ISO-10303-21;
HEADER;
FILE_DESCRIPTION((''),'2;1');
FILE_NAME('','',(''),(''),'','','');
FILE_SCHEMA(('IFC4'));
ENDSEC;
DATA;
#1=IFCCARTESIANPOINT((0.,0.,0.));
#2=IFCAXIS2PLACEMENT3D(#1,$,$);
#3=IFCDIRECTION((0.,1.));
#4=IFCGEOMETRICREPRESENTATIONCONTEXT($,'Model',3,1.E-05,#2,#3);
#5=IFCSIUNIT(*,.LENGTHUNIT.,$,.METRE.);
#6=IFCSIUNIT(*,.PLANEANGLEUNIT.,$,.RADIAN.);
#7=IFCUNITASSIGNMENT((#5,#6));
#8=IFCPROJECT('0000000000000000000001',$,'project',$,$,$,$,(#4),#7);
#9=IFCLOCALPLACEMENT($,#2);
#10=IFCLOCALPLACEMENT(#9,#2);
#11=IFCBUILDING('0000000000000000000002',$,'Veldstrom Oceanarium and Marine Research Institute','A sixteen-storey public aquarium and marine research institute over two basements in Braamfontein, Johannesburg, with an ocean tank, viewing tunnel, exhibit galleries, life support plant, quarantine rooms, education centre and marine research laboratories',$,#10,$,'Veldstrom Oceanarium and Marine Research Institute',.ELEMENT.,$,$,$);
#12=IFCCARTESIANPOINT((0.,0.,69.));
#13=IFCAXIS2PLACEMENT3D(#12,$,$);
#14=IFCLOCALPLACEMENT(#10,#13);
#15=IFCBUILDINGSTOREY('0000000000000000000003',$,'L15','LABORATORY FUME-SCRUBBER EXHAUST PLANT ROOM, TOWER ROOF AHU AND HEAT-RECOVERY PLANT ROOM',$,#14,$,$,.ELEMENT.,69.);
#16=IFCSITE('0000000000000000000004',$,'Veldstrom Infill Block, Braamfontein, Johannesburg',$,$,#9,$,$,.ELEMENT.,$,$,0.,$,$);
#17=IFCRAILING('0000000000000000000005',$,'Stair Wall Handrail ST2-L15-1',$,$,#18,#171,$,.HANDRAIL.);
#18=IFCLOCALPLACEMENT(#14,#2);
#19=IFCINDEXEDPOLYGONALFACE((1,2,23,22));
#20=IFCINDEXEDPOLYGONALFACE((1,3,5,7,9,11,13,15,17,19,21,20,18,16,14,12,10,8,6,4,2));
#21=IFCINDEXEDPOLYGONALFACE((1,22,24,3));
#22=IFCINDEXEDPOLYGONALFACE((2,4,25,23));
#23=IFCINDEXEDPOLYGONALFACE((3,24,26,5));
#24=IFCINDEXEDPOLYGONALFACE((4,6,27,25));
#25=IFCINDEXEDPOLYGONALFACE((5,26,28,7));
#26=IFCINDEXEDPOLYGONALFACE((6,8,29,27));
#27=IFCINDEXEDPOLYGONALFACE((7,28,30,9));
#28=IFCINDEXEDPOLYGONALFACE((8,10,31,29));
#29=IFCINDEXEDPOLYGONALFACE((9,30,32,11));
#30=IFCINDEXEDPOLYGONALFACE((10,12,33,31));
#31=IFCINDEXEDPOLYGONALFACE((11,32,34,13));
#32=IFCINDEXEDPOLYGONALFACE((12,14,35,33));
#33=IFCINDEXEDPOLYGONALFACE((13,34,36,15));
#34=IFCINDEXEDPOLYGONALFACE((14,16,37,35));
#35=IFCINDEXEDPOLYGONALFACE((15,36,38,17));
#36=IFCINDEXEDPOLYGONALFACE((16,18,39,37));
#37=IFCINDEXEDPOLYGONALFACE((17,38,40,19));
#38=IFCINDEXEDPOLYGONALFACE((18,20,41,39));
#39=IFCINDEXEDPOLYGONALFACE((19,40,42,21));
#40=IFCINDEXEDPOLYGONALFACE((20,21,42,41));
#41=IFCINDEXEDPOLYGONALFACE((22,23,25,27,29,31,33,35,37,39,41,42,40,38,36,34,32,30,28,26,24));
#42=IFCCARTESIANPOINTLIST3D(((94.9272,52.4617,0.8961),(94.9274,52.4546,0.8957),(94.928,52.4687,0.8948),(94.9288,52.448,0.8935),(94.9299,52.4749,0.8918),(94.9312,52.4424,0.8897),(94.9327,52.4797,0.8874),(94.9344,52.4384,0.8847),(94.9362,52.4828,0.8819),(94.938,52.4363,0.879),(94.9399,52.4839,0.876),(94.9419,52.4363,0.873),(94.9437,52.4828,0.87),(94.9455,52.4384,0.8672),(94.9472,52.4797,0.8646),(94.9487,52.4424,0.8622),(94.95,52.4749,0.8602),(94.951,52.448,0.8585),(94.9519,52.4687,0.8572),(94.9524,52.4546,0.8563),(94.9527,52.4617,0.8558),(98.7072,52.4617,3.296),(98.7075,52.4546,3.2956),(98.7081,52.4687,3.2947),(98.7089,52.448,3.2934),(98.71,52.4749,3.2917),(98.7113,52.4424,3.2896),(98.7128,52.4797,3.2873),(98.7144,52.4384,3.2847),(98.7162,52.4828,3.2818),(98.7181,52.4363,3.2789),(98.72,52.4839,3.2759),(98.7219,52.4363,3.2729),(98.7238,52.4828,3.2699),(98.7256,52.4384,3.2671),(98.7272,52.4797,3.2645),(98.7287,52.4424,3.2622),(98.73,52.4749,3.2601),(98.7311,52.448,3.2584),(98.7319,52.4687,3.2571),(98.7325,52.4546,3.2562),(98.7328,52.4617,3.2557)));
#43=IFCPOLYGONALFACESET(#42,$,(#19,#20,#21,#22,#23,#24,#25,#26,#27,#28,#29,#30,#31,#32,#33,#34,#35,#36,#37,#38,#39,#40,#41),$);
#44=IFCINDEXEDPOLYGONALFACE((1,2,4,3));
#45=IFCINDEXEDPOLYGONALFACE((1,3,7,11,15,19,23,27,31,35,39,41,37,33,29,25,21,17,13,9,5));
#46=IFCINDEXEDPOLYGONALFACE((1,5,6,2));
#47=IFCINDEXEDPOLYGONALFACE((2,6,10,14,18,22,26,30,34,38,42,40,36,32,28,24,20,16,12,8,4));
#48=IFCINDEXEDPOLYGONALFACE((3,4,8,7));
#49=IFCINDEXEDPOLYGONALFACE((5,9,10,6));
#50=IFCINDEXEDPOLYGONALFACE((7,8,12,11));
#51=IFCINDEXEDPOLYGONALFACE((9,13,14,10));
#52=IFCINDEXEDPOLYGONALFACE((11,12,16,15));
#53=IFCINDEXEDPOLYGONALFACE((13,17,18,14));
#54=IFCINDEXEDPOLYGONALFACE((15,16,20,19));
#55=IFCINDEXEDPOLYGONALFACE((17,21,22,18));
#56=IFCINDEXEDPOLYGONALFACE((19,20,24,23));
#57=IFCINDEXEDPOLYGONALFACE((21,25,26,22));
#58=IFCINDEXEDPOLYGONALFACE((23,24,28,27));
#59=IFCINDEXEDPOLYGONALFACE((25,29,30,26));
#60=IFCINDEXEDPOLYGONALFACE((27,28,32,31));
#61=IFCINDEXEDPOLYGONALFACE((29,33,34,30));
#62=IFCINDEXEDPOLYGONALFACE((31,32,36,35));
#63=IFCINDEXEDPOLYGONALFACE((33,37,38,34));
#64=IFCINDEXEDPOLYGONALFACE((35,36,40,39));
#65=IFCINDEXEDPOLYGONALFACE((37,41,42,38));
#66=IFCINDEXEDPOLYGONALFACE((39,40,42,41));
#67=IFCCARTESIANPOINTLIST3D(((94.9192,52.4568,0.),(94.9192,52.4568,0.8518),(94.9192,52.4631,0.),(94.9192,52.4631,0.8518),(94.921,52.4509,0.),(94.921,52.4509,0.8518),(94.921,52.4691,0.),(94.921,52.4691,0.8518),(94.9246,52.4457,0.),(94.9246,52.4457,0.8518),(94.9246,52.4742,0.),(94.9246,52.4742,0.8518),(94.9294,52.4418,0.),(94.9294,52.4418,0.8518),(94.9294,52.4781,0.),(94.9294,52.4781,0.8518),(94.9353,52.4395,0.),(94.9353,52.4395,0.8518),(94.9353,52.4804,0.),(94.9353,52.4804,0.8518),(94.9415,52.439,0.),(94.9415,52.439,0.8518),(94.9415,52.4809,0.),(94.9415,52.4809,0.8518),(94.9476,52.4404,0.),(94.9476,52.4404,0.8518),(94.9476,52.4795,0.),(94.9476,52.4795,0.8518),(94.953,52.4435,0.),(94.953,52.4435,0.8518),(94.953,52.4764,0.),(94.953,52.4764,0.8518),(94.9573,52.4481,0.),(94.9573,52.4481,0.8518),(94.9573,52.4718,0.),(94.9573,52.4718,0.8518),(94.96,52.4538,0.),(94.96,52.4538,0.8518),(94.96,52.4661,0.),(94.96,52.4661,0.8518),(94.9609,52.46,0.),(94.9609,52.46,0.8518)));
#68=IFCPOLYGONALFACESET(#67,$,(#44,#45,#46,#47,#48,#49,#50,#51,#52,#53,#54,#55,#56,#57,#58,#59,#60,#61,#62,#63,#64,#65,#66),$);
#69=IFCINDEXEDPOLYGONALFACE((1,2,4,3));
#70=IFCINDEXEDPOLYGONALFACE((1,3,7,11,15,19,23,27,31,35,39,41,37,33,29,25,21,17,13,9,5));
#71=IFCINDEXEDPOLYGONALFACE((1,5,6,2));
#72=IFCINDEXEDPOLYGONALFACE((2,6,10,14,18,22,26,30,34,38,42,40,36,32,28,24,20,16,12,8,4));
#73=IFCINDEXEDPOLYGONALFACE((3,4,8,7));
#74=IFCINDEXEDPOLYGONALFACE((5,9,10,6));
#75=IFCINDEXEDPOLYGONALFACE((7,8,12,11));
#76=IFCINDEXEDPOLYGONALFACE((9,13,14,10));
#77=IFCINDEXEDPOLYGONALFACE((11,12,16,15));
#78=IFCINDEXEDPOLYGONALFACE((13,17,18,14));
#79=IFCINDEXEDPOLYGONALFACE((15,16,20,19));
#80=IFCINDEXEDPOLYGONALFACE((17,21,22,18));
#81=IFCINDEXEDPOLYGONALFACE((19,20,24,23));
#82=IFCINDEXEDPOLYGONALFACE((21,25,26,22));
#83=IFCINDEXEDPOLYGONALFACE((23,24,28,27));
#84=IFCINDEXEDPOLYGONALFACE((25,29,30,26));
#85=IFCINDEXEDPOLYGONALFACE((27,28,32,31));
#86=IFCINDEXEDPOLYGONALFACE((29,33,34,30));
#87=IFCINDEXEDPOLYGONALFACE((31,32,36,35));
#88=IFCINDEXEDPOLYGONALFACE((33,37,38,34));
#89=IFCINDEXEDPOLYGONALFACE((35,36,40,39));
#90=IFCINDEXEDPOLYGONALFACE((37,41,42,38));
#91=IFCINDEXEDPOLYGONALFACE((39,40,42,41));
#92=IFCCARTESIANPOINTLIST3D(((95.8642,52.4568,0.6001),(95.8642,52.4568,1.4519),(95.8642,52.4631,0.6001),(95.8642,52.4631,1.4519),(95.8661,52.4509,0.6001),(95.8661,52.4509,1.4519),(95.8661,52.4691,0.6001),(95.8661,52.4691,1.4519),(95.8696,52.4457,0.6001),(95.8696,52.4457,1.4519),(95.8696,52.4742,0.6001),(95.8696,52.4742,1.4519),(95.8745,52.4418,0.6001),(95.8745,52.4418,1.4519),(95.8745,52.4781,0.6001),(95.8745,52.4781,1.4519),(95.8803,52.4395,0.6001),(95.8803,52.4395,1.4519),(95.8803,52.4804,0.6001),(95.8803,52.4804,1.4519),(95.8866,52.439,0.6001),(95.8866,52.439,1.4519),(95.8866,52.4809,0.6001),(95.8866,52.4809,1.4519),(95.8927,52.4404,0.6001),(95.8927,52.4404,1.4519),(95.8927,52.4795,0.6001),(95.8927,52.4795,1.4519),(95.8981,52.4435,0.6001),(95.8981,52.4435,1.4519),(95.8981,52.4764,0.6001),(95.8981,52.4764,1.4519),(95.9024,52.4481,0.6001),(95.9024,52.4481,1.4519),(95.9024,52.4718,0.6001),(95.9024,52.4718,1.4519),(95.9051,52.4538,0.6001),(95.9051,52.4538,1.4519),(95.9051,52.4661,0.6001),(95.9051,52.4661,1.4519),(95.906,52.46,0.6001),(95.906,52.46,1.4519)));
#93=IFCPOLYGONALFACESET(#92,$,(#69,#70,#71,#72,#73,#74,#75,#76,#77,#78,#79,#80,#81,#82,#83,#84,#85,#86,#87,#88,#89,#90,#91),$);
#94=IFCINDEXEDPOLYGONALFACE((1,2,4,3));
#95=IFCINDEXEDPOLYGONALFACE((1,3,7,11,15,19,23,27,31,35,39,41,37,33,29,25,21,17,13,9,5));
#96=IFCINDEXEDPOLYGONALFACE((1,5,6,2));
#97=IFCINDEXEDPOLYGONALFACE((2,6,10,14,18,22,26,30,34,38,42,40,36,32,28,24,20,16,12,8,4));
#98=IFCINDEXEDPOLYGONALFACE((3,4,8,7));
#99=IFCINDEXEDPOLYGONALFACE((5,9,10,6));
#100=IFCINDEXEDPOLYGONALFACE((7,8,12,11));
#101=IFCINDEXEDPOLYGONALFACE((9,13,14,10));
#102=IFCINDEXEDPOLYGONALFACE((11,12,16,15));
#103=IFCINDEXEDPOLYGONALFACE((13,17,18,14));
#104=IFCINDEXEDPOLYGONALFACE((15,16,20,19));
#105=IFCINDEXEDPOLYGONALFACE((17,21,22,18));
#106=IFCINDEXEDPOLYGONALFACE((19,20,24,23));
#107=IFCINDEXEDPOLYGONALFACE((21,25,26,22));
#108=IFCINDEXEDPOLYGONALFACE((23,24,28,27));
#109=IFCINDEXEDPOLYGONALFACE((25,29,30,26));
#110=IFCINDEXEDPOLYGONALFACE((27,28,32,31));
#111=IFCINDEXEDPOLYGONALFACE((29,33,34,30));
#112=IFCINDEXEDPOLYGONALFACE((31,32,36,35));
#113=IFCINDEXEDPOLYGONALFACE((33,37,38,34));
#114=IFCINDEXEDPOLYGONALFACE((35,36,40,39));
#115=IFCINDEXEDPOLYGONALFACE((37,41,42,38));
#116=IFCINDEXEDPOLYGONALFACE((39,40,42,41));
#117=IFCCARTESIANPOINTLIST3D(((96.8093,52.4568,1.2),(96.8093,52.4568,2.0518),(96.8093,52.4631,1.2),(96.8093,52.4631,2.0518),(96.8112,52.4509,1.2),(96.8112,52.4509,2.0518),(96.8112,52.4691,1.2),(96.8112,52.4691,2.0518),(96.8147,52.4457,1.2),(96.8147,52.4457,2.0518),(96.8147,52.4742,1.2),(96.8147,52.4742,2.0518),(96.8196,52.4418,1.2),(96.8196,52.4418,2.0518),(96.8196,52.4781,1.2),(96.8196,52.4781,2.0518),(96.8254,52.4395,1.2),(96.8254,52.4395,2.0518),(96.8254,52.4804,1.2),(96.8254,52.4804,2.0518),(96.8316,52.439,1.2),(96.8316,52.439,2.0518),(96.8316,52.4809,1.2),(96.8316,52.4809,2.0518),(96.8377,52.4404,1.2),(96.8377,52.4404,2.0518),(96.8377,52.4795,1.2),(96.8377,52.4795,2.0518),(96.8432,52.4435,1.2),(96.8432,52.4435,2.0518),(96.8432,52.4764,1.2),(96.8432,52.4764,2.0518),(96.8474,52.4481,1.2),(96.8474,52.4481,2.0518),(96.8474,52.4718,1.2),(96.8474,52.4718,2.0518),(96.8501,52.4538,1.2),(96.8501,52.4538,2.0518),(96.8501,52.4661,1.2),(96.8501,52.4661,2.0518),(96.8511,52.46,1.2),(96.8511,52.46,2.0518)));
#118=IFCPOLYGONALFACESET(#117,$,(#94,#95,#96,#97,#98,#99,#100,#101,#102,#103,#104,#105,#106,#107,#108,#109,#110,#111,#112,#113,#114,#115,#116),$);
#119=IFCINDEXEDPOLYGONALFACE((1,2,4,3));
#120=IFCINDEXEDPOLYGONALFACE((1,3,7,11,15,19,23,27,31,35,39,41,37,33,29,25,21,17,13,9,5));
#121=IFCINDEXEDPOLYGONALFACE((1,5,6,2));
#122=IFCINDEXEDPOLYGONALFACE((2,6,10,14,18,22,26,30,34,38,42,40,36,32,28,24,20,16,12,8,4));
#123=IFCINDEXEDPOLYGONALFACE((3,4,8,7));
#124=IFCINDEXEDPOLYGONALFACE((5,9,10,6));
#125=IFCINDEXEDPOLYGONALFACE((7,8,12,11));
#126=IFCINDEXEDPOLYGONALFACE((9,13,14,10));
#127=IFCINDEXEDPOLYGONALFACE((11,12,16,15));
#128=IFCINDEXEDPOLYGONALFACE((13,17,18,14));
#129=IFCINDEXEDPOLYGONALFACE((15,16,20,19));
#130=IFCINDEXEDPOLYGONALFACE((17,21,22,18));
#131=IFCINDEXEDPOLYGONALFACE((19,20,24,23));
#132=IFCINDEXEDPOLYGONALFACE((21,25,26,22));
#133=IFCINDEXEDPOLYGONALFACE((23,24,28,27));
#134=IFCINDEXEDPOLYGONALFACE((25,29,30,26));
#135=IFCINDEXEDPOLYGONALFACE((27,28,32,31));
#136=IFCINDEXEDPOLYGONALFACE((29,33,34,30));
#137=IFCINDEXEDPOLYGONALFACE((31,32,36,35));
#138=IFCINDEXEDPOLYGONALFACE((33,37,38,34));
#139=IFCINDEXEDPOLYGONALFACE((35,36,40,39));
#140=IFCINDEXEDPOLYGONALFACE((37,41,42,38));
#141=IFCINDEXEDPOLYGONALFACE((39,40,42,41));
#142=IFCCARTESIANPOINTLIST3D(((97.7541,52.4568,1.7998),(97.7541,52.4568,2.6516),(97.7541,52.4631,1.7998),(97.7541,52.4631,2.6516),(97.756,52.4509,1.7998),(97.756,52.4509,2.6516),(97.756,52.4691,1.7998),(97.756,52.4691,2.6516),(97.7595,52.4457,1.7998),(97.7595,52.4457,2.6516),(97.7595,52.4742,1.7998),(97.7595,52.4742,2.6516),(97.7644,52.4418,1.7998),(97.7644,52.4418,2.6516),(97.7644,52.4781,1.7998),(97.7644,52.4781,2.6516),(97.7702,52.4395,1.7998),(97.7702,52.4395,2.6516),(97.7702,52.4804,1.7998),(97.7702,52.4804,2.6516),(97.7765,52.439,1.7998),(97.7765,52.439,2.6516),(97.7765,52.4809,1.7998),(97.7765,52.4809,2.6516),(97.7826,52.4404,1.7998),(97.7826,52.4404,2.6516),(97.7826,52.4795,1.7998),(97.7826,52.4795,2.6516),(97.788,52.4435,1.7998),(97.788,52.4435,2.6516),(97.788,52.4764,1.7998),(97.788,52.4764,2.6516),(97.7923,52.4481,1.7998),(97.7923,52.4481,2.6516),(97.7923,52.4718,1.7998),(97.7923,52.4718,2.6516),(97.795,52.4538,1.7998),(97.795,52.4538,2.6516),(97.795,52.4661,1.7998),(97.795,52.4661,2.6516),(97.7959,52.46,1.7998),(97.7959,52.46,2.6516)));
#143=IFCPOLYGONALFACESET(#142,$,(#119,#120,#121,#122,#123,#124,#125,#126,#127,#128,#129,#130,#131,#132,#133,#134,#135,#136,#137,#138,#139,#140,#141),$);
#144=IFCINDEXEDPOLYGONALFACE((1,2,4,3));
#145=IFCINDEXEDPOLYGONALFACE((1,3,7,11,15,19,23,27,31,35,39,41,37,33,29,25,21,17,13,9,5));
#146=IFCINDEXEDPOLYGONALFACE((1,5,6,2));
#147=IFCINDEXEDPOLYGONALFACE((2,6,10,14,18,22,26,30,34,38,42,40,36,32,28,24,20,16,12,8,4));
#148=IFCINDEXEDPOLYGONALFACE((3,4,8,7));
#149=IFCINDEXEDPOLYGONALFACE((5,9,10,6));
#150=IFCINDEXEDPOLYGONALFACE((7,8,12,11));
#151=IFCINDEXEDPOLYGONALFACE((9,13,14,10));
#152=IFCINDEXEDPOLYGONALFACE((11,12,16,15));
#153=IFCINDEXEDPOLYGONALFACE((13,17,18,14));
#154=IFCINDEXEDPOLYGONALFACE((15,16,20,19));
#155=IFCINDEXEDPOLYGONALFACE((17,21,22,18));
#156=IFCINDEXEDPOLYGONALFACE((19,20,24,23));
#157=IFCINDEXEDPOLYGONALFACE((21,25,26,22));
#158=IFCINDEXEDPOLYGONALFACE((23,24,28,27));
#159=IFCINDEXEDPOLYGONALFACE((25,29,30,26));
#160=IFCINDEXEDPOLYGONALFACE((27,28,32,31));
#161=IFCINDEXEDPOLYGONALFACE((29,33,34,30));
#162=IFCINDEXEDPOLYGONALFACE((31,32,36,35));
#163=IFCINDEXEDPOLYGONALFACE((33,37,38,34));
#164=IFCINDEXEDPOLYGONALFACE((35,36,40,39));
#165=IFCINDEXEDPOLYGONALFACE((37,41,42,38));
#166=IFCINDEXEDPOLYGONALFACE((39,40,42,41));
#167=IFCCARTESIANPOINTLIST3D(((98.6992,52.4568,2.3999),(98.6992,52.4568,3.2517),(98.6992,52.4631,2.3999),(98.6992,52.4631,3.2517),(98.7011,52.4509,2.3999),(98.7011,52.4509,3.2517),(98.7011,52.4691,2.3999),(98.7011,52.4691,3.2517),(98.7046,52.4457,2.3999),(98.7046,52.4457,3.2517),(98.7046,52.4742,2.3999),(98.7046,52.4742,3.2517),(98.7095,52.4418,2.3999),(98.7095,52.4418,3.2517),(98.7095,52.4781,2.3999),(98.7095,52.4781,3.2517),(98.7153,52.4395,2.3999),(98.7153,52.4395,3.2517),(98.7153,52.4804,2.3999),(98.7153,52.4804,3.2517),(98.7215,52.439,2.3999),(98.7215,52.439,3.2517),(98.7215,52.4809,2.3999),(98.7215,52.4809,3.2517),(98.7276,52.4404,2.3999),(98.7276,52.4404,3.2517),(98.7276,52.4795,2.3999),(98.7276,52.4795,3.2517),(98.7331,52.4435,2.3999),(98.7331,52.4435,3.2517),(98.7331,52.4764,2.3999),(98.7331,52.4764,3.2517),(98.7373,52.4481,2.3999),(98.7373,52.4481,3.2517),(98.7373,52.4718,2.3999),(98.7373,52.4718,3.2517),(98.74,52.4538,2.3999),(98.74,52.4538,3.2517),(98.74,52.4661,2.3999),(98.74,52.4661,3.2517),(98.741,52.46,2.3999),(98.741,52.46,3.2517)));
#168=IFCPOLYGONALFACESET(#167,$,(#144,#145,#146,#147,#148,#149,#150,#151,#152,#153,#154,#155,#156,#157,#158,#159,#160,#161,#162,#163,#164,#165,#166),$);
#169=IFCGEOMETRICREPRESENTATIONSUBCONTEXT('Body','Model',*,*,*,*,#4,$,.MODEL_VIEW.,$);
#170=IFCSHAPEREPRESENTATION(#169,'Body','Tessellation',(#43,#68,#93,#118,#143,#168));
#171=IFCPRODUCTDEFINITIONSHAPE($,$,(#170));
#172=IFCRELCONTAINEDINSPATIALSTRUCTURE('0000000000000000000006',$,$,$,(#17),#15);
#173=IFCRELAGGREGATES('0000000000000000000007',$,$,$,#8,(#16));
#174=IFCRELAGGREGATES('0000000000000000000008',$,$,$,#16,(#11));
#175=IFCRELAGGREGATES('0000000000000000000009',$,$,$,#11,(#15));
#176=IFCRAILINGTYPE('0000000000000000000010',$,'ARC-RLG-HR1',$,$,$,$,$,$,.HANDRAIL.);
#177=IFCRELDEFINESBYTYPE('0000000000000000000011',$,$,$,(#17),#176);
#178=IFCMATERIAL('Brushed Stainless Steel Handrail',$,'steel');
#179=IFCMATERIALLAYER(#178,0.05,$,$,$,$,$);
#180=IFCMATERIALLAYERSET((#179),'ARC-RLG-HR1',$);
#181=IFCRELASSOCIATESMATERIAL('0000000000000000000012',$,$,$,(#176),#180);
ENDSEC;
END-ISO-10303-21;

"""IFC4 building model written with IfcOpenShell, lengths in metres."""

from ifc_helpers import new_model, si_unit, direction, frame, origin, origin_2d, place, context, subcontext, project, spatial, circle, extrude, material, layer, layer_set, type_object, element, save


model = new_model("IFC4")

# Units and contexts
model_context = context("Model", 3, precision=1e-05, world=origin(), true_north=direction((0.0, 1.0)))
body_context = subcontext(model_context, "Body", "Model", "MODEL_VIEW")
ifc_project = project(units=[si_unit("LENGTHUNIT", "METRE"), si_unit("PLANEANGLEUNIT", "RADIAN")], contexts=[model_context])

# Site, building, storey
site_placement = place(None, origin())
site = spatial("IfcSite", under=ifc_project, at=site_placement, Name="Veldstrom Infill Block, Braamfontein, Johannesburg", CompositionType="ELEMENT", RefElevation=0.0)
building_placement = place(site_placement, origin())
building = spatial("IfcBuilding", under=site, at=building_placement, Name="Veldstrom Oceanarium and Marine Research Institute", Description="A sixteen-storey public aquarium and marine research institute over two basements in Braamfontein, Johannesburg, with an ocean tank, viewing tunnel, exhibit galleries, life support plant, quarantine rooms, education centre and marine research laboratories", LongName="Veldstrom Oceanarium and Marine Research Institute", CompositionType="ELEMENT")
storey_placement = place(building_placement, frame((0.0, 0.0, 69.0)))
storey = spatial("IfcBuildingStorey", under=building, at=storey_placement, Name="L15", Description="LABORATORY FUME-SCRUBBER EXHAUST PLANT ROOM, TOWER ROOF AHU AND HEAT-RECOVERY PLANT ROOM", CompositionType="ELEMENT", Elevation=69.0)

# Railing
ifc_material_1 = material(Name="Brushed Stainless Steel Handrail", Category="steel")
ifc_layer_1 = layer(ifc_material_1, 0.05)
ifc_layer_set_1 = layer_set([ifc_layer_1], Name="ARC-RLG-HR1")
railing_type_1 = type_object("IfcRailingType", Name="ARC-RLG-HR1", PredefinedType="HANDRAIL", material=ifc_layer_set_1)
railing_1_placement = place(storey_placement, frame((94.9399, 52.46, 0.0)))
element("IfcRailing", 1, at=railing_1_placement, inside=storey, type_object=railing_type_1, Name="Stair Wall Handrail ST2-L15-1", PredefinedType="HANDRAIL", context=body_context, shape_type="SweptSolid", body=[
    extrude(circle(Radius=0.0239, at=origin_2d()), frame((0.0, 0.0, 0.876), z_axis=(0.844225, 0.0, 0.53599), x_axis=(0.0, 1.0, 0.0)), (0.0, 0.0, 1.0), 4.4775),
    extrude(circle(Radius=0.021, at=origin_2d()), origin(), (0.0, 0.0, 1.0), 0.8518),
    extrude(circle(Radius=0.021, at=origin_2d()), frame((0.9451, 0.0, 0.6001)), (0.0, 0.0, 1.0), 0.8518),
    extrude(circle(Radius=0.021, at=origin_2d()), frame((1.8901, 0.0, 1.2)), (0.0, 0.0, 1.0), 0.8518),
    extrude(circle(Radius=0.021, at=origin_2d()), frame((2.835, 0.0, 1.7998)), (0.0, 0.0, 1.0), 0.8518),
    extrude(circle(Radius=0.021, at=origin_2d()), frame((3.78, 0.0, 2.3999)), (0.0, 0.0, 1.0), 0.8518),
])

save(model, "model.ifc")
